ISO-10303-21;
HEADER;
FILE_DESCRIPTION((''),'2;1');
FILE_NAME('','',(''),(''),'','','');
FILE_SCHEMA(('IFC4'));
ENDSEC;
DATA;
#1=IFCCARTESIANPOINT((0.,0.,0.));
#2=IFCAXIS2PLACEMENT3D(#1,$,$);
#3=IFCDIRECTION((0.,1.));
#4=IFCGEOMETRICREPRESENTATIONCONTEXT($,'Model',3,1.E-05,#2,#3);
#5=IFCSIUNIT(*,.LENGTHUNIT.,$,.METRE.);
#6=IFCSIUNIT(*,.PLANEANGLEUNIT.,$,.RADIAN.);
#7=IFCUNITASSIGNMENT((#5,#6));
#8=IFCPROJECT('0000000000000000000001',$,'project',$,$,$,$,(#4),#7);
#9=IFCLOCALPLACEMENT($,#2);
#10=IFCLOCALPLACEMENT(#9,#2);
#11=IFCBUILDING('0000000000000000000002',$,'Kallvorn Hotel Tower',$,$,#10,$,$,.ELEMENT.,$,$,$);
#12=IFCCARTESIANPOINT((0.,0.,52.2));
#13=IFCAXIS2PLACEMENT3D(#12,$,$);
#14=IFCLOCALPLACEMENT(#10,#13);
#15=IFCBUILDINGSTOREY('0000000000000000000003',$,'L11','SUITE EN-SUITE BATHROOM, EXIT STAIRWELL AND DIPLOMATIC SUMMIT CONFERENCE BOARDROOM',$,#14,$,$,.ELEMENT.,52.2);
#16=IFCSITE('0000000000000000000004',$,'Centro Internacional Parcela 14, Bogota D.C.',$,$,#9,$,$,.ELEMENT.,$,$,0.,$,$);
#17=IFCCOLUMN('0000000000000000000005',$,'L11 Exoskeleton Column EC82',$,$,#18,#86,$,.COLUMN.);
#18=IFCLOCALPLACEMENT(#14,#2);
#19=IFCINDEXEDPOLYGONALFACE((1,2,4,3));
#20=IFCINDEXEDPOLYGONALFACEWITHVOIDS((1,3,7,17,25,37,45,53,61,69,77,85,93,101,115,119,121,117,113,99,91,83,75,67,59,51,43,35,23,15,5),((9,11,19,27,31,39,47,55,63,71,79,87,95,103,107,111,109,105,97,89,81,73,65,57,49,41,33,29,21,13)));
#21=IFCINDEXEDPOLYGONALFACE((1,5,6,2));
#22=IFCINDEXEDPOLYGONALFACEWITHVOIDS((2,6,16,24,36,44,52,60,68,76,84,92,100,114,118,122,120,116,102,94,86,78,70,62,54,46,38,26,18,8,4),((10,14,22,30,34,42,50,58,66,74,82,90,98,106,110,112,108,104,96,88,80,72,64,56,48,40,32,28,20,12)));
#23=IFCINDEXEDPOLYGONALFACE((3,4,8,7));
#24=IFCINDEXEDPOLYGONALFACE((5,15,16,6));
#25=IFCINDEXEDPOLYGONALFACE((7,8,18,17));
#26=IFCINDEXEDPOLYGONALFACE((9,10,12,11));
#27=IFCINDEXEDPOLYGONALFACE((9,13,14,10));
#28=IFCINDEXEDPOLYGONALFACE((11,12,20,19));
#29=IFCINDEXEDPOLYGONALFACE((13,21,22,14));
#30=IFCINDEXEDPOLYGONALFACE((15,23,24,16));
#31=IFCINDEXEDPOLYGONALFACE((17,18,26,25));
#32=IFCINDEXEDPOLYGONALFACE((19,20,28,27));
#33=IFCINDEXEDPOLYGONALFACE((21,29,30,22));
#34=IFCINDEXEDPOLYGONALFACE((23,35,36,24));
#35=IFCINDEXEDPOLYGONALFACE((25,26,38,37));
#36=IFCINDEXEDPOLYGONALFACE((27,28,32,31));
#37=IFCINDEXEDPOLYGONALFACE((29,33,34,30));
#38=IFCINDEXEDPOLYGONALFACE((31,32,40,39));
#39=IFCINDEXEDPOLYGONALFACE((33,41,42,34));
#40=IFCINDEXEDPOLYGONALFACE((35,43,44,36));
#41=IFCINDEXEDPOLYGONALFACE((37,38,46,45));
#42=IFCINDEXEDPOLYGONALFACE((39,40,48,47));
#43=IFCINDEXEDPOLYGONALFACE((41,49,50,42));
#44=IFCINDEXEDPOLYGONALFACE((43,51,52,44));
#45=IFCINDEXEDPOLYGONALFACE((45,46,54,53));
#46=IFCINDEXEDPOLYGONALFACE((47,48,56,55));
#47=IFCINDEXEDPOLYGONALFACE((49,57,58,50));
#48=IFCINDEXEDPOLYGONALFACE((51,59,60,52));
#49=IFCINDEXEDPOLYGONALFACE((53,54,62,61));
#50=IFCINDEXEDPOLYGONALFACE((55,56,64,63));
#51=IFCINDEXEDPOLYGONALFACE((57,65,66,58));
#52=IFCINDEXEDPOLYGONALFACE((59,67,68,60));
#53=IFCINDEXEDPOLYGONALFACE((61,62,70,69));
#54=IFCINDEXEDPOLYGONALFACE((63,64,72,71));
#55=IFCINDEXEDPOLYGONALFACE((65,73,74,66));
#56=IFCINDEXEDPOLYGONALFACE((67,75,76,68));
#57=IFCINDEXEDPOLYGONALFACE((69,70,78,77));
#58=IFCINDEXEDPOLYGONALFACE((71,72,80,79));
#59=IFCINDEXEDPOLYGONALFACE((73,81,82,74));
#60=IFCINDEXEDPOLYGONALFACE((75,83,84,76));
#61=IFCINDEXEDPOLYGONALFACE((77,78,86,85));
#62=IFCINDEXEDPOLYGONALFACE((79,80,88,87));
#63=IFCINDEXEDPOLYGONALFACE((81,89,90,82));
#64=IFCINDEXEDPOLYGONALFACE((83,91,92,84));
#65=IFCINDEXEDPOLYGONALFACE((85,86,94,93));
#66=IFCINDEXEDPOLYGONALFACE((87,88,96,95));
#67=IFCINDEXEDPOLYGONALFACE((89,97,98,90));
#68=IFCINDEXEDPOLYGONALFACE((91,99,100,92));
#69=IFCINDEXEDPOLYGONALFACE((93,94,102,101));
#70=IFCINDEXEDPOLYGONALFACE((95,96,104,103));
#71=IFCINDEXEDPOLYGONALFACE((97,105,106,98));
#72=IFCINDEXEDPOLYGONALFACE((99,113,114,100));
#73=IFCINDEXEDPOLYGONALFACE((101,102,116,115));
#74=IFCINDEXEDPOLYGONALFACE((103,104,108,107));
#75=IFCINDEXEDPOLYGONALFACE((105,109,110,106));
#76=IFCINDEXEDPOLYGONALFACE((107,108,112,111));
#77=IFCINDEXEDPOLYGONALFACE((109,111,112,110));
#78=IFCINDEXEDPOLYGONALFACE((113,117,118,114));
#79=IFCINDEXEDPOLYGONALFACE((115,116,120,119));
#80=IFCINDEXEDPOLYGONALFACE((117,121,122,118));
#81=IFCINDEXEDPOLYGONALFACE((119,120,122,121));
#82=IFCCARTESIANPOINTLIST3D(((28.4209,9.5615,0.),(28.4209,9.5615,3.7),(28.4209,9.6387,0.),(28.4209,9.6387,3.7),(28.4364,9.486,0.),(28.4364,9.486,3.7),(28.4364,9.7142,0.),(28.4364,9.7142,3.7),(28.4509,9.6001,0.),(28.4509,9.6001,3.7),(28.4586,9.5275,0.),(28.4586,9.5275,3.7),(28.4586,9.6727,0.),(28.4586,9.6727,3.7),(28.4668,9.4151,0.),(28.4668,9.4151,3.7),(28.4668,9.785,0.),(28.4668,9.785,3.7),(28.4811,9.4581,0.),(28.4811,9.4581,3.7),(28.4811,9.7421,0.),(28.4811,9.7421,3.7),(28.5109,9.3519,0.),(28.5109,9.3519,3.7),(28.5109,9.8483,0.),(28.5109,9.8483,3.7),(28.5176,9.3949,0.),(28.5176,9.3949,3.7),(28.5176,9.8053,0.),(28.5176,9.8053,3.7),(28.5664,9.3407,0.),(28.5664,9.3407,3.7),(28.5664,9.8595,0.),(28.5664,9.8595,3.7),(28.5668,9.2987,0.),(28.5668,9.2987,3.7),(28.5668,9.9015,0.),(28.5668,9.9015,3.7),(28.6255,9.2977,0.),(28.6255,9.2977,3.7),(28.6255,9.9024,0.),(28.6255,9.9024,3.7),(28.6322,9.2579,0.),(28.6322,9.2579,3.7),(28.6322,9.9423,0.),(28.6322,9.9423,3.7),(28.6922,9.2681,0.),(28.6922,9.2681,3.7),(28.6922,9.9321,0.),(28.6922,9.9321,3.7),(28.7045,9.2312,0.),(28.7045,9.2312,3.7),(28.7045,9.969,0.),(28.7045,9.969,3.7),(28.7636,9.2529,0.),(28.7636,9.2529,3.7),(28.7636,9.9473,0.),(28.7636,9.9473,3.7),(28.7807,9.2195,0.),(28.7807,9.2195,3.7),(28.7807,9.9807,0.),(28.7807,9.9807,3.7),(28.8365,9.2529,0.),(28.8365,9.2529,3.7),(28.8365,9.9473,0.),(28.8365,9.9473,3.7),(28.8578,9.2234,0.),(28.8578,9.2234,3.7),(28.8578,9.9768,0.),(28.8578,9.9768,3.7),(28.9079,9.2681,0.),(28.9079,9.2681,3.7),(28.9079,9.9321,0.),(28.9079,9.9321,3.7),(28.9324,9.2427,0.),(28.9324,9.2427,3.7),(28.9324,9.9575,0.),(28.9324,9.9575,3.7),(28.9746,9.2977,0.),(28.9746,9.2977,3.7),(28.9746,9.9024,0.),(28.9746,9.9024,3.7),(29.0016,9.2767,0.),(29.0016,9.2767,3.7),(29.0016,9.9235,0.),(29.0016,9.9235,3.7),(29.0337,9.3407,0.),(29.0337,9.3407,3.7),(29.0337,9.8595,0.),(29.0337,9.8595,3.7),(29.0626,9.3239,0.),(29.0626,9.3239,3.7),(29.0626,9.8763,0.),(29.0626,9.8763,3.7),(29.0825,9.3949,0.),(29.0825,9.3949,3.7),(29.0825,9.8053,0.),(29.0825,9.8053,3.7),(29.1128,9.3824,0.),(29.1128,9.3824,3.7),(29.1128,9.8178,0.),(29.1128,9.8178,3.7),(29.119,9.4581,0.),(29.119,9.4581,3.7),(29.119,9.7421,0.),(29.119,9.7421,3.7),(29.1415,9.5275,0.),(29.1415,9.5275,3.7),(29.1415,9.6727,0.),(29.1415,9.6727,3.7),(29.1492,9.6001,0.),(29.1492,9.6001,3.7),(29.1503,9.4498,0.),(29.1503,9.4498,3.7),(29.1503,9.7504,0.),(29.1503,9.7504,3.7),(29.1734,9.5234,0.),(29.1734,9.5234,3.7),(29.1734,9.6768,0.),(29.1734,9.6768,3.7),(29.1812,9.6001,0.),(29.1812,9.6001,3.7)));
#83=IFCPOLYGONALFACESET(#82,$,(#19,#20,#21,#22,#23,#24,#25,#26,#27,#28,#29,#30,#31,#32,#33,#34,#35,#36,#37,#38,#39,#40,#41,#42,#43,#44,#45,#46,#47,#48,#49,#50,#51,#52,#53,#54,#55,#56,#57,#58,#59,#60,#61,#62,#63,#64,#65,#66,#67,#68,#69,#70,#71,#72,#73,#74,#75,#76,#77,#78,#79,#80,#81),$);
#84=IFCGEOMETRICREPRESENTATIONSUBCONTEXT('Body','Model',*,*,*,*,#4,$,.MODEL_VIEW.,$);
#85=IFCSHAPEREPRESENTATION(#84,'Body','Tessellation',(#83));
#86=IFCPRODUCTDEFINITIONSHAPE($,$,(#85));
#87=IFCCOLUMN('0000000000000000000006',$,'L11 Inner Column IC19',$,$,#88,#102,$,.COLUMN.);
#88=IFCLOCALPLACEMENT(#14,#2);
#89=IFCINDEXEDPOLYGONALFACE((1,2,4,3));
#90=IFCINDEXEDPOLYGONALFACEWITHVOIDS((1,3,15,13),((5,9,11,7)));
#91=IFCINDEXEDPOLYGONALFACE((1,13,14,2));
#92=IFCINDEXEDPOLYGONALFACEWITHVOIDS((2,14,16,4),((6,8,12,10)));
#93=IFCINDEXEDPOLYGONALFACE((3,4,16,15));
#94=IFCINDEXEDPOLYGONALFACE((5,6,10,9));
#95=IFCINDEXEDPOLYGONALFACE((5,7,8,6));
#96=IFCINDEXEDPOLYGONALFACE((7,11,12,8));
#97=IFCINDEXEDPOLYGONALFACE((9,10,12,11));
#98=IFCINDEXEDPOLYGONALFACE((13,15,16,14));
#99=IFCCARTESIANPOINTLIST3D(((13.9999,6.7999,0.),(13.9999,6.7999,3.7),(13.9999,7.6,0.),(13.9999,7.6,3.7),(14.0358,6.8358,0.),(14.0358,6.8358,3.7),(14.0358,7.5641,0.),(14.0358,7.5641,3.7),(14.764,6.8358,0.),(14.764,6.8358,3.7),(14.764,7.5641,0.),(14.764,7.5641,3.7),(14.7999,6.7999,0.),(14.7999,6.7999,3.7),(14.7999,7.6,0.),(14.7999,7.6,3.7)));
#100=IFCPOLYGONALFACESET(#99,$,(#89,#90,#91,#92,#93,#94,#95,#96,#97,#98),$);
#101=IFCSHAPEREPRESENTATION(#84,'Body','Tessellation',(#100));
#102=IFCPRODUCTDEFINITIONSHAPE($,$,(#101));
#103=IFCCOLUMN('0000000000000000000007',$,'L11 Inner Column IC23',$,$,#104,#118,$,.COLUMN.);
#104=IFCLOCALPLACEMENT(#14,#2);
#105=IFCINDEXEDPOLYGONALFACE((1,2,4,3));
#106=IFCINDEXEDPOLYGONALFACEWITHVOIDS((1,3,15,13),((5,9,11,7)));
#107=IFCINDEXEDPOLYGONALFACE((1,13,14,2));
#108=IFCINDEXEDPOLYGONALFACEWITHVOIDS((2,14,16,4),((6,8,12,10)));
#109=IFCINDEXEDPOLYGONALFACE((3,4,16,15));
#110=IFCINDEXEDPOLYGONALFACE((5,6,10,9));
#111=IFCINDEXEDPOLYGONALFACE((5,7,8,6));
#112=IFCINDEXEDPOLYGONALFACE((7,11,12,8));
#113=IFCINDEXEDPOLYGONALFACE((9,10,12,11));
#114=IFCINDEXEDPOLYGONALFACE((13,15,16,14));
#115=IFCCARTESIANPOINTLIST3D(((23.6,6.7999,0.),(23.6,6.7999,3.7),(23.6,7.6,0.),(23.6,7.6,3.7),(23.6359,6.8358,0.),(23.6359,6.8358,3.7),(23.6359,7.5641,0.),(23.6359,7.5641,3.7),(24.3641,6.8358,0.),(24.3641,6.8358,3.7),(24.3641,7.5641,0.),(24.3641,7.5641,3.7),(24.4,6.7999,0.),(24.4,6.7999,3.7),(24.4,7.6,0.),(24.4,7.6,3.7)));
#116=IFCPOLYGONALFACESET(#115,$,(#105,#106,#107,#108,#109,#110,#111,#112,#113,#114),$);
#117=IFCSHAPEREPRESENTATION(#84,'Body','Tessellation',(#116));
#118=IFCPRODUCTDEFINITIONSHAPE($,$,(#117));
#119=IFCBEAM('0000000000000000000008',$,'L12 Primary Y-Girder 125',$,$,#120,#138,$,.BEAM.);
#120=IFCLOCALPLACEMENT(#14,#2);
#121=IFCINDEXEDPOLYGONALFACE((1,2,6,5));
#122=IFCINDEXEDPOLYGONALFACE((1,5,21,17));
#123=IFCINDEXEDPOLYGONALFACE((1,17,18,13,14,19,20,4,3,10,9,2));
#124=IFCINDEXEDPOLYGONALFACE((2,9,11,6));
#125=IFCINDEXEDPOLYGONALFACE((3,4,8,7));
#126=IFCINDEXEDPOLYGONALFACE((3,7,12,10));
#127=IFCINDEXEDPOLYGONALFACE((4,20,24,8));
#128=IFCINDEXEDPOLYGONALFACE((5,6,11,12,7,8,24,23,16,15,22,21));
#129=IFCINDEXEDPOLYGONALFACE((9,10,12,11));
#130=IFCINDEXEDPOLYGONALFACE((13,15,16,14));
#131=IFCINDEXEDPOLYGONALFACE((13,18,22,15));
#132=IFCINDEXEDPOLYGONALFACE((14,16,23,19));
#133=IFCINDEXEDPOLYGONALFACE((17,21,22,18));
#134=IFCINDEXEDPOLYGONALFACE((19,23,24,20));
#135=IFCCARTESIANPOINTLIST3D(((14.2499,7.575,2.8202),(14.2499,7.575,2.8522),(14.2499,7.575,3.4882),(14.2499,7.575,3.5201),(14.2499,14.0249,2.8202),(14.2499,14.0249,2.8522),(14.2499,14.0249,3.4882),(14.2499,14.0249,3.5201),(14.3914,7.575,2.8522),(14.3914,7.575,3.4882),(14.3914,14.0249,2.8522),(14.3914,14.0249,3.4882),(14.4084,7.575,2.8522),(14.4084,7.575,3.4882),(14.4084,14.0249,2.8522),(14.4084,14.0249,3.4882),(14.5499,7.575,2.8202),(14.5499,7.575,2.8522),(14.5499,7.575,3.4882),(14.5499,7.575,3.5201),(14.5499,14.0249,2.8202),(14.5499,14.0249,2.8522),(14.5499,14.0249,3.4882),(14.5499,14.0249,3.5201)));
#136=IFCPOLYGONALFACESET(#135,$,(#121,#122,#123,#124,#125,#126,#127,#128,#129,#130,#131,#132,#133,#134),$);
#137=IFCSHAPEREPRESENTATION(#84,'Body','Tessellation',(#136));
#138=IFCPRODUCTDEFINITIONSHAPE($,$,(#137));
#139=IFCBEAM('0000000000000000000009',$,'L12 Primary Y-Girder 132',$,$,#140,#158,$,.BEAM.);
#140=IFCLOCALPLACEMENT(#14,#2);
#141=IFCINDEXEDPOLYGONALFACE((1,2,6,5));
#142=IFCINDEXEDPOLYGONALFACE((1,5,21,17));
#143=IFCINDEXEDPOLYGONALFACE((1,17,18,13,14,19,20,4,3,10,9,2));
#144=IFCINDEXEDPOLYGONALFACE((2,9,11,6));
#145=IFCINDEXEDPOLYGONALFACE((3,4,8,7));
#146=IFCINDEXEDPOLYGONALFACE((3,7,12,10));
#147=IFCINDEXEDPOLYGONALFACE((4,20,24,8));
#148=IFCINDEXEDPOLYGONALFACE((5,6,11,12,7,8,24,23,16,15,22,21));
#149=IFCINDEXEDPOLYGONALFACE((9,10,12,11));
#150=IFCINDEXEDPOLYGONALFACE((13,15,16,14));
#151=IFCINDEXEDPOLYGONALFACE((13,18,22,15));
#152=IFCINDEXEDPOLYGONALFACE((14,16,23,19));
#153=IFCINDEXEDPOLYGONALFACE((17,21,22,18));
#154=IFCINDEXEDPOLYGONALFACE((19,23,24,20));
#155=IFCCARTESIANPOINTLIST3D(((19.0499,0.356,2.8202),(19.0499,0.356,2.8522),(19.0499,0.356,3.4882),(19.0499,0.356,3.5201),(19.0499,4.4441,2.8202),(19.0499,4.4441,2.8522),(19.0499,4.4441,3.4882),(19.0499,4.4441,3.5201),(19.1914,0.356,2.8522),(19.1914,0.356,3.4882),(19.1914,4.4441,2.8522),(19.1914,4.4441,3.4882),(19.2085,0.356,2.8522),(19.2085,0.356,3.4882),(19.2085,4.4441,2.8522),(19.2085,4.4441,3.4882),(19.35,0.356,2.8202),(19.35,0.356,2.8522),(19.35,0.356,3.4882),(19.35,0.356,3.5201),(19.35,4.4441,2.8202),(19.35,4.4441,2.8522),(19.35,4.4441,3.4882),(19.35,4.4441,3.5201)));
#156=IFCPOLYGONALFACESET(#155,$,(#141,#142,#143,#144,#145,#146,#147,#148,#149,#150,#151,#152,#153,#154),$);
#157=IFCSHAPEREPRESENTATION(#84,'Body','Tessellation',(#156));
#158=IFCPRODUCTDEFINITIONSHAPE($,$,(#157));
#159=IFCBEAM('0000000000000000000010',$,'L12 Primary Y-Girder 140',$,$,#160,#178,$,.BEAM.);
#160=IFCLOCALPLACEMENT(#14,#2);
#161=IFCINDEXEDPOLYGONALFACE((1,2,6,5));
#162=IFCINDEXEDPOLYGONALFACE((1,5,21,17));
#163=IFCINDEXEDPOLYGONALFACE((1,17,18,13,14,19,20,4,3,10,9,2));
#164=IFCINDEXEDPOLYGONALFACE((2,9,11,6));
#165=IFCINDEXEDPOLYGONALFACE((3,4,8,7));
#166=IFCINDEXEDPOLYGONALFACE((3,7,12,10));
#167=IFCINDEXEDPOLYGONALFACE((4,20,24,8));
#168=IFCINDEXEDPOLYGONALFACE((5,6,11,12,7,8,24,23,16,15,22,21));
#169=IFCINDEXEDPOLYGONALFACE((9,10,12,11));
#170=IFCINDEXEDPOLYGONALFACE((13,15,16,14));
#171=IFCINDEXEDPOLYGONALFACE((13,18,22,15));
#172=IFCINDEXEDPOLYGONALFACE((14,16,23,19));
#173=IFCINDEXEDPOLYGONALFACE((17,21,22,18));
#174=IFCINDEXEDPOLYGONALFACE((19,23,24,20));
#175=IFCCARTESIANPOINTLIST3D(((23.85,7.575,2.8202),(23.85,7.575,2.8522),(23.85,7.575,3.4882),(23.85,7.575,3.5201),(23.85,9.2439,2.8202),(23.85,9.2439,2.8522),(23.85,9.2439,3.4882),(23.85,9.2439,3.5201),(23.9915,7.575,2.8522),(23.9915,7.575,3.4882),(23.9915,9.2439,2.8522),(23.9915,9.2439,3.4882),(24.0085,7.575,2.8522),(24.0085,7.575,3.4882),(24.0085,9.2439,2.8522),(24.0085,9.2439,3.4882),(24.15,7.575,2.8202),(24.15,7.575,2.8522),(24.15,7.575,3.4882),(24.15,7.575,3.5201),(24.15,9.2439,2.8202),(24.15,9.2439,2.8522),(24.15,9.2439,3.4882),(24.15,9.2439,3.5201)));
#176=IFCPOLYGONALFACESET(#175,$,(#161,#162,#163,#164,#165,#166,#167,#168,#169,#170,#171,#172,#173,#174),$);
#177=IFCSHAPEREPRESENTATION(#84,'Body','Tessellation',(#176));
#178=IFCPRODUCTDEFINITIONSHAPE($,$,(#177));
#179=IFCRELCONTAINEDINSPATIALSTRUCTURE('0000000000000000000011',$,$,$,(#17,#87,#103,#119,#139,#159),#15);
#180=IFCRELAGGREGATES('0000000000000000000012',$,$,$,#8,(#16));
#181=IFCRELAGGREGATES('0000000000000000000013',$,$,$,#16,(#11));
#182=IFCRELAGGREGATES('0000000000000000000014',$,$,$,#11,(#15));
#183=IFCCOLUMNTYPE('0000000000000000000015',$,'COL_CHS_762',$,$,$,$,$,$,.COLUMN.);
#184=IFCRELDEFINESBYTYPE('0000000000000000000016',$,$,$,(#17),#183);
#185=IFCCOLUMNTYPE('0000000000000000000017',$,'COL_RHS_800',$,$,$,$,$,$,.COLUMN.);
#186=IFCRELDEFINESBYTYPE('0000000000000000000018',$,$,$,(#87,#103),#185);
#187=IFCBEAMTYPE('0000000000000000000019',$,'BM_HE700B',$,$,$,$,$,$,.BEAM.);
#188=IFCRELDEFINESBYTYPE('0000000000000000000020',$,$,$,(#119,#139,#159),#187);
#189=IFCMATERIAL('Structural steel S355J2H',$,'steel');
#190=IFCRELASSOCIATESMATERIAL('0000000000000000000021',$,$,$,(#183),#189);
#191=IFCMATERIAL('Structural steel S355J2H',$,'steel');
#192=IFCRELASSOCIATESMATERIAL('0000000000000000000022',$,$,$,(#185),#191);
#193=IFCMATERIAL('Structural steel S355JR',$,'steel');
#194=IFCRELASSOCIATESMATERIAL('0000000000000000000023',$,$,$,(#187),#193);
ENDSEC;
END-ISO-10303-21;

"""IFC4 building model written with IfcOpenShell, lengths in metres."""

from ifc_helpers import new_model, si_unit, direction, frame, origin, origin_2d, place, context, subcontext, project, spatial, hollow_rectangle, hollow_circle, i_section, extrude, material, material_profile, profile_set, type_object, element, save


model = new_model("IFC4")

# Units and contexts
model_context = context("Model", 3, precision=1e-05, world=origin(), true_north=direction((0.0, 1.0)))
body_context = subcontext(model_context, "Body", "Model", "MODEL_VIEW")
ifc_project = project(units=[si_unit("LENGTHUNIT", "METRE"), si_unit("PLANEANGLEUNIT", "RADIAN")], contexts=[model_context])

# Site, building, storey
site_placement = place(None, origin())
site = spatial("IfcSite", under=ifc_project, at=site_placement, Name="Centro Internacional Parcela 14, Bogota D.C.", CompositionType="ELEMENT", RefElevation=0.0)
building_placement = place(site_placement, origin())
building = spatial("IfcBuilding", under=site, at=building_placement, Name="Kallvorn Hotel Tower", CompositionType="ELEMENT")
storey_placement = place(building_placement, frame((0.0, 0.0, 52.2)))
storey = spatial("IfcBuildingStorey", under=building, at=storey_placement, Name="L11", Description="SUITE EN-SUITE BATHROOM, EXIT STAIRWELL AND DIPLOMATIC SUMMIT CONFERENCE BOARDROOM", CompositionType="ELEMENT", Elevation=52.2)

# Columns
ifc_material_1 = material(Name="Structural steel S355J2H", Category="steel")
ifc_material_profile_1 = material_profile(ifc_material_1, hollow_circle(Radius=0.3811, WallThickness=0.032, at=origin_2d()), Name="CHS 762x32")
ifc_profile_set_1 = profile_set([ifc_material_profile_1], Name="Structural steel S355J2H")
column_type_1 = type_object("IfcColumnType", Name="COL_CHS_762", PredefinedType="COLUMN", material=ifc_profile_set_1)
for number, where, z_axis, x_axis, name in (
    (1, (28.8, 9.6001, 0.0), (0.0, 0.0, 1.0), (1.0, 0.0, 0.0), "L11 Exoskeleton Column EC82"),
):
    element("IfcColumn", number, at=place(storey_placement, frame(where, z_axis=z_axis, x_axis=x_axis)), inside=storey, type_object=column_type_1, Name=name, PredefinedType="COLUMN", context=body_context, shape_type="SweptSolid", body=[
        extrude(hollow_circle(Radius=0.3811, WallThickness=0.032, at=origin_2d()), origin(), (0.0, 0.0, 1.0), 3.7),
    ])
ifc_material_2 = material(Name="Structural steel S355J2H", Category="steel")
ifc_material_profile_2 = material_profile(ifc_material_2, hollow_rectangle(XDim=0.8, YDim=0.8, WallThickness=0.0359, at=origin_2d()), Name="RHS 800x800x36")
ifc_profile_set_2 = profile_set([ifc_material_profile_2], Name="Structural steel S355J2H")
column_type_2 = type_object("IfcColumnType", Name="COL_RHS_800", PredefinedType="COLUMN", material=ifc_profile_set_2)
for number, where, z_axis, x_axis, name in (
    (2, (14.3999, 7.2, 0.0), (0.0, 0.0, 1.0), (1.0, 0.0, 0.0), "L11 Inner Column IC19"),
    (3, (24.0, 7.2, 0.0), (0.0, 0.0, 1.0), (1.0, 0.0, 0.0), "L11 Inner Column IC23"),
):
    element("IfcColumn", number, at=place(storey_placement, frame(where, z_axis=z_axis, x_axis=x_axis)), inside=storey, type_object=column_type_2, Name=name, PredefinedType="COLUMN", context=body_context, shape_type="SweptSolid", body=[
        extrude(hollow_rectangle(XDim=0.8, YDim=0.8, WallThickness=0.0359, at=origin_2d()), origin(), (0.0, 0.0, 1.0), 3.7),
    ])

# Beams
ifc_material_3 = material(Name="Structural steel S355JR", Category="steel")
ifc_material_profile_3 = material_profile(ifc_material_3, i_section(OverallWidth=0.3, OverallDepth=0.7, WebThickness=0.0171, FlangeThickness=0.032, at=origin_2d()), Name="HE 700 B")
ifc_profile_set_3 = profile_set([ifc_material_profile_3], Name="Structural steel S355JR")
beam_type_1 = type_object("IfcBeamType", Name="BM_HE700B", PredefinedType="BEAM", material=ifc_profile_set_3)
beam_1_placement = place(storey_placement, frame((14.3999, 7.575, 3.1702), z_axis=(0.0, 1.0, 0.0), x_axis=(-1.0, 0.0, 0.0)))
element("IfcBeam", 4, at=beam_1_placement, inside=storey, type_object=beam_type_1, Name="L12 Primary Y-Girder 125", PredefinedType="BEAM", context=body_context, shape_type="SweptSolid", body=[
    extrude(i_section(OverallWidth=0.3, OverallDepth=0.7, WebThickness=0.0171, FlangeThickness=0.032, at=origin_2d()), origin(), (0.0, 0.0, 1.0), 6.45),
])
beam_2_placement = place(storey_placement, frame((19.2, 0.356, 3.1702), z_axis=(0.0, 1.0, 0.0), x_axis=(-1.0, 0.0, 0.0)))
element("IfcBeam", 5, at=beam_2_placement, inside=storey, type_object=beam_type_1, Name="L12 Primary Y-Girder 132", PredefinedType="BEAM", context=body_context, shape_type="SweptSolid", body=[
    extrude(i_section(OverallWidth=0.3, OverallDepth=0.7, WebThickness=0.0171, FlangeThickness=0.032, at=origin_2d()), origin(), (0.0, 0.0, 1.0), 4.0881),
])
beam_3_placement = place(storey_placement, frame((24.0, 7.575, 3.1702), z_axis=(0.0, 1.0, 0.0), x_axis=(-1.0, 0.0, 0.0)))
element("IfcBeam", 6, at=beam_3_placement, inside=storey, type_object=beam_type_1, Name="L12 Primary Y-Girder 140", PredefinedType="BEAM", context=body_context, shape_type="SweptSolid", body=[
    extrude(i_section(OverallWidth=0.3, OverallDepth=0.7, WebThickness=0.0171, FlangeThickness=0.032, at=origin_2d()), origin(), (0.0, 0.0, 1.0), 1.6689),
])

save(model, "model.ifc")
